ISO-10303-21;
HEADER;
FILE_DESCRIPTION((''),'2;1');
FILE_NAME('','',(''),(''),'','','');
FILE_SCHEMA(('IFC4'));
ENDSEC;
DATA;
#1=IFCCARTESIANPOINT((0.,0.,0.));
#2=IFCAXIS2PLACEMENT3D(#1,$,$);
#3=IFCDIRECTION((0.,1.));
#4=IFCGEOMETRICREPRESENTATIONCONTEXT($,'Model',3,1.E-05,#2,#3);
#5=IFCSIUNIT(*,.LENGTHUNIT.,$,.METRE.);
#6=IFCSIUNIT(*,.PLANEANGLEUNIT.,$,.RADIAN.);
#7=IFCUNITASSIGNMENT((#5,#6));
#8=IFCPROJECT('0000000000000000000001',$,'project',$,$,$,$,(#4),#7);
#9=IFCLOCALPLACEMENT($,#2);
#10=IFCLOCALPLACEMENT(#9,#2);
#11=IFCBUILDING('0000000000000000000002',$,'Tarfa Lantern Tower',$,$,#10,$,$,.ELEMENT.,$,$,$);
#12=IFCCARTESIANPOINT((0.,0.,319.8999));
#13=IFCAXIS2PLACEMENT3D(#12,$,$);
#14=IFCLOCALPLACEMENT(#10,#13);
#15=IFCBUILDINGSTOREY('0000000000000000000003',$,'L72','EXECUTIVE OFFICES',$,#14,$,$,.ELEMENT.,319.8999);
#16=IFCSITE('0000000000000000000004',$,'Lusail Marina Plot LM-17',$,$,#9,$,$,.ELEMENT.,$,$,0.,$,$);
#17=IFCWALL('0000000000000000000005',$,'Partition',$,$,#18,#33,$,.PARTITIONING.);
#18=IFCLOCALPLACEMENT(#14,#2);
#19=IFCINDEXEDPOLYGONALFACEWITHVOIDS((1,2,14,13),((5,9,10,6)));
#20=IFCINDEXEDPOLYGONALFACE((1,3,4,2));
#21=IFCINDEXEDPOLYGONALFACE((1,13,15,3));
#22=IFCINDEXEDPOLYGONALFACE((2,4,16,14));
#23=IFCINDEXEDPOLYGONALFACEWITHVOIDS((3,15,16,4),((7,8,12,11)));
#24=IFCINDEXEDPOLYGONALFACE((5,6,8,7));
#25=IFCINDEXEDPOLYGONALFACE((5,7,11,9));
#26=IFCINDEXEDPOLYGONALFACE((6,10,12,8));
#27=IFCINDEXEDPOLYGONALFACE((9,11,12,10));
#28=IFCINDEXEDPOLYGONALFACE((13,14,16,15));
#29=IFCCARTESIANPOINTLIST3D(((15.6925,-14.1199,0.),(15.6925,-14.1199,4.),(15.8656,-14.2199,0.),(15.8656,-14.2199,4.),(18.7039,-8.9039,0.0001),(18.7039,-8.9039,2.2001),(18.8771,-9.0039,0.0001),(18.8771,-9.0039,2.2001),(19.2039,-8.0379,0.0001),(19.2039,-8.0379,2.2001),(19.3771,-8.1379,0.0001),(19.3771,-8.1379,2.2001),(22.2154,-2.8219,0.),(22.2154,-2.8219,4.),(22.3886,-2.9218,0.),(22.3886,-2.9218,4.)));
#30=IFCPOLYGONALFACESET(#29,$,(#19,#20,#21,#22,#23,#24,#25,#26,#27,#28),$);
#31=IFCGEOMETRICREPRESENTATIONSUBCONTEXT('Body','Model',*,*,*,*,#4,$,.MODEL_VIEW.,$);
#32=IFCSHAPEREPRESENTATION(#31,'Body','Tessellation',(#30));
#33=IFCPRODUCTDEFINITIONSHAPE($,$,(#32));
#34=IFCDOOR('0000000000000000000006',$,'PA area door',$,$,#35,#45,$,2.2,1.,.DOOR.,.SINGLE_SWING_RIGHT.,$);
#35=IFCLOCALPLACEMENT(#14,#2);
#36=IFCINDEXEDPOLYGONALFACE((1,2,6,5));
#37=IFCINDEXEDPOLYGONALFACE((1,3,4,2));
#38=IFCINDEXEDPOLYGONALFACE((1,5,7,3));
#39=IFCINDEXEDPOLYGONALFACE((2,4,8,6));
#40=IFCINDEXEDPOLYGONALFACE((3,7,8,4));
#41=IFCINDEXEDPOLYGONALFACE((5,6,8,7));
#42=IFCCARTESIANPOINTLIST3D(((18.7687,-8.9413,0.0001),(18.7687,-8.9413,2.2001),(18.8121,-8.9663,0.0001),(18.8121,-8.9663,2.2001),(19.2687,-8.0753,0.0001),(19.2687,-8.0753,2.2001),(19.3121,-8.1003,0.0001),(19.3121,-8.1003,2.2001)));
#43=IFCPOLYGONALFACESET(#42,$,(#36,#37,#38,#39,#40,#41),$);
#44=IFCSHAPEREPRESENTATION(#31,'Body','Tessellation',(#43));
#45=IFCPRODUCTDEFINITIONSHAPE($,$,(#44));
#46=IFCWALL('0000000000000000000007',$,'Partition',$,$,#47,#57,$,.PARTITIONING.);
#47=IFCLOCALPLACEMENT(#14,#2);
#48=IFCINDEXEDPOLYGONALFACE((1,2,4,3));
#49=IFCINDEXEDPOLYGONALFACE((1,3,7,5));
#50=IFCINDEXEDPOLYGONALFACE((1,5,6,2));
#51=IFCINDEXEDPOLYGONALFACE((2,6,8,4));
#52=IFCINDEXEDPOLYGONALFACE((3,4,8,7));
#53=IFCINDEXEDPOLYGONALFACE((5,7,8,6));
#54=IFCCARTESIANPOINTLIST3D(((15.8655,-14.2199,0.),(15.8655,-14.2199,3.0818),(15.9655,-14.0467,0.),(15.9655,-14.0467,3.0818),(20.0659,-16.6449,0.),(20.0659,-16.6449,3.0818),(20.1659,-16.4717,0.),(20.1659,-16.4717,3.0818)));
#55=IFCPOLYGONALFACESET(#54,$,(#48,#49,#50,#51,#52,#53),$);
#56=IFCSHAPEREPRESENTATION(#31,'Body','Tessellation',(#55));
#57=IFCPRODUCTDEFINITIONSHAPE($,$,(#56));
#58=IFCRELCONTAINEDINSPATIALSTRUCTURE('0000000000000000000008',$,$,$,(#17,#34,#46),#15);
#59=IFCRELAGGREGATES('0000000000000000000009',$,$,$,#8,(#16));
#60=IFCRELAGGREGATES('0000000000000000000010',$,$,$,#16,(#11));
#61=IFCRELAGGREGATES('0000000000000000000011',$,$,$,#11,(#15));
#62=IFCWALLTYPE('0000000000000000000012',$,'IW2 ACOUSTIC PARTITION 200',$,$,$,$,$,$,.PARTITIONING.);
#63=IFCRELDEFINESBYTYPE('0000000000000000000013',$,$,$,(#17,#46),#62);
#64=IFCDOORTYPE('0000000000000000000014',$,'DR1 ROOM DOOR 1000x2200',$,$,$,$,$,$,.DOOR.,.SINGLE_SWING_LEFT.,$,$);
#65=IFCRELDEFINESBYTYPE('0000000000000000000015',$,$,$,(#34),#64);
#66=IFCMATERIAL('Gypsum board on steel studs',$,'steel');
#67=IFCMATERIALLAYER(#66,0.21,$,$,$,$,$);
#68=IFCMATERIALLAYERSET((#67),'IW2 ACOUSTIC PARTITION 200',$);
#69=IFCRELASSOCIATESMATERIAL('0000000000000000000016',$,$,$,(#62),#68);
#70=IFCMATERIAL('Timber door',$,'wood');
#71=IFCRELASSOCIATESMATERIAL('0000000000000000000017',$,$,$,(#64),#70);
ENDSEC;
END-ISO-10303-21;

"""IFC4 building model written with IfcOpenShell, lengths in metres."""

from ifc_helpers import new_model, si_unit, direction, frame, frame_2d, origin, place, context, subcontext, project, spatial, rectangle, extrude, material, layer, layer_set, type_object, element, fill, save


model = new_model("IFC4")

# Units and contexts
model_context = context("Model", 3, precision=1e-05, world=origin(), true_north=direction((0.0, 1.0)))
body_context = subcontext(model_context, "Body", "Model", "MODEL_VIEW")
ifc_project = project(units=[si_unit("LENGTHUNIT", "METRE"), si_unit("PLANEANGLEUNIT", "RADIAN")], contexts=[model_context])

# Site, building, storey
site_placement = place(None, origin())
site = spatial("IfcSite", under=ifc_project, at=site_placement, Name="Lusail Marina Plot LM-17", CompositionType="ELEMENT", RefElevation=0.0)
building_placement = place(site_placement, origin())
building = spatial("IfcBuilding", under=site, at=building_placement, Name="Tarfa Lantern Tower", CompositionType="ELEMENT")
storey_placement = place(building_placement, frame((0.0, 0.0, 319.8999)))
storey = spatial("IfcBuildingStorey", under=building, at=storey_placement, Name="L72", Description="EXECUTIVE OFFICES", CompositionType="ELEMENT", Elevation=319.8999)

# Wall, opening, door
ifc_material_1 = material(Name="Gypsum board on steel studs", Category="steel")
ifc_layer_1 = layer(ifc_material_1, 0.21)
ifc_layer_set_1 = layer_set([ifc_layer_1], Name="IW2 ACOUSTIC PARTITION 200")
wall_type_1 = type_object("IfcWallType", Name="IW2 ACOUSTIC PARTITION 200", PredefinedType="PARTITIONING", material=ifc_layer_set_1)
wall_1_placement = place(storey_placement, frame((15.7791, -14.1699, 0.0), z_axis=(0.0, 0.0, 1.0), x_axis=(0.499999, 0.866026, 0.0)))
wall_1 = element("IfcWall", 1, at=wall_1_placement, inside=storey, type_object=wall_type_1, Name="Partition", PredefinedType="PARTITIONING", context=body_context, shape_type="SweptSolid", body=[
    extrude(rectangle(XDim=13.0459, YDim=0.2, at=frame_2d((6.5229, 0.0))), origin(), (0.0, 0.0, 1.0), 4.0),
])
opening_1_placement = place(wall_1_placement, frame((6.0229, 0.0, 0.0)))
opening_1 = element("IfcOpeningElement", 2, at=opening_1_placement, cuts=wall_1, PredefinedType="OPENING", context=body_context, shape_type="SweptSolid", body=[
    extrude(rectangle(XDim=1.0, YDim=2.2, at=frame_2d((0.5, 1.1001))), frame((0.0, 0.1099, 0.0), z_axis=(0.0, -1.0, 0.0), x_axis=(1.0, 0.0, 0.0)), (0.0, 0.0, 1.0), 0.22),
])
ifc_material_2 = material(Name="Timber door", Category="wood")
door_type = type_object("IfcDoorType", Name="DR1 ROOM DOOR 1000x2200", OperationType="SINGLE_SWING_LEFT", PredefinedType="DOOR", material=ifc_material_2)
door_placement = place(opening_1_placement, frame((1.0, 0.0, 0.0), z_axis=(0.0, 0.0, 1.0), x_axis=(-1.0, 0.0, 0.0)))
door = element("IfcDoor", 3, at=door_placement, inside=storey, type_object=door_type, Name="PA area door", OperationType="SINGLE_SWING_RIGHT", OverallHeight=2.2, OverallWidth=1.0, PredefinedType="DOOR", context=body_context, shape_type="SweptSolid", body=[
    extrude(rectangle(XDim=1.0, YDim=2.2, at=frame_2d((0.5, 1.1001))), frame((0.0, 0.0249, 0.0), z_axis=(0.0, -1.0, 0.0), x_axis=(1.0, 0.0, 0.0)), (0.0, 0.0, 1.0), 0.05),
])
fill(opening_1, door)

# Wall
wall_2_placement = place(storey_placement, frame((15.9155, -14.1333, 0.0), z_axis=(0.0, 0.0, 1.0), x_axis=(0.866032, -0.499988, 0.0)))
element("IfcWall", 4, at=wall_2_placement, inside=storey, type_object=wall_type_1, Name="Partition", PredefinedType="PARTITIONING", context=body_context, shape_type="SweptSolid", body=[
    extrude(rectangle(XDim=4.8501, YDim=0.2, at=frame_2d((2.425, 0.0))), origin(), (0.0, 0.0, 1.0), 3.0818),
])

save(model, "model.ifc")
